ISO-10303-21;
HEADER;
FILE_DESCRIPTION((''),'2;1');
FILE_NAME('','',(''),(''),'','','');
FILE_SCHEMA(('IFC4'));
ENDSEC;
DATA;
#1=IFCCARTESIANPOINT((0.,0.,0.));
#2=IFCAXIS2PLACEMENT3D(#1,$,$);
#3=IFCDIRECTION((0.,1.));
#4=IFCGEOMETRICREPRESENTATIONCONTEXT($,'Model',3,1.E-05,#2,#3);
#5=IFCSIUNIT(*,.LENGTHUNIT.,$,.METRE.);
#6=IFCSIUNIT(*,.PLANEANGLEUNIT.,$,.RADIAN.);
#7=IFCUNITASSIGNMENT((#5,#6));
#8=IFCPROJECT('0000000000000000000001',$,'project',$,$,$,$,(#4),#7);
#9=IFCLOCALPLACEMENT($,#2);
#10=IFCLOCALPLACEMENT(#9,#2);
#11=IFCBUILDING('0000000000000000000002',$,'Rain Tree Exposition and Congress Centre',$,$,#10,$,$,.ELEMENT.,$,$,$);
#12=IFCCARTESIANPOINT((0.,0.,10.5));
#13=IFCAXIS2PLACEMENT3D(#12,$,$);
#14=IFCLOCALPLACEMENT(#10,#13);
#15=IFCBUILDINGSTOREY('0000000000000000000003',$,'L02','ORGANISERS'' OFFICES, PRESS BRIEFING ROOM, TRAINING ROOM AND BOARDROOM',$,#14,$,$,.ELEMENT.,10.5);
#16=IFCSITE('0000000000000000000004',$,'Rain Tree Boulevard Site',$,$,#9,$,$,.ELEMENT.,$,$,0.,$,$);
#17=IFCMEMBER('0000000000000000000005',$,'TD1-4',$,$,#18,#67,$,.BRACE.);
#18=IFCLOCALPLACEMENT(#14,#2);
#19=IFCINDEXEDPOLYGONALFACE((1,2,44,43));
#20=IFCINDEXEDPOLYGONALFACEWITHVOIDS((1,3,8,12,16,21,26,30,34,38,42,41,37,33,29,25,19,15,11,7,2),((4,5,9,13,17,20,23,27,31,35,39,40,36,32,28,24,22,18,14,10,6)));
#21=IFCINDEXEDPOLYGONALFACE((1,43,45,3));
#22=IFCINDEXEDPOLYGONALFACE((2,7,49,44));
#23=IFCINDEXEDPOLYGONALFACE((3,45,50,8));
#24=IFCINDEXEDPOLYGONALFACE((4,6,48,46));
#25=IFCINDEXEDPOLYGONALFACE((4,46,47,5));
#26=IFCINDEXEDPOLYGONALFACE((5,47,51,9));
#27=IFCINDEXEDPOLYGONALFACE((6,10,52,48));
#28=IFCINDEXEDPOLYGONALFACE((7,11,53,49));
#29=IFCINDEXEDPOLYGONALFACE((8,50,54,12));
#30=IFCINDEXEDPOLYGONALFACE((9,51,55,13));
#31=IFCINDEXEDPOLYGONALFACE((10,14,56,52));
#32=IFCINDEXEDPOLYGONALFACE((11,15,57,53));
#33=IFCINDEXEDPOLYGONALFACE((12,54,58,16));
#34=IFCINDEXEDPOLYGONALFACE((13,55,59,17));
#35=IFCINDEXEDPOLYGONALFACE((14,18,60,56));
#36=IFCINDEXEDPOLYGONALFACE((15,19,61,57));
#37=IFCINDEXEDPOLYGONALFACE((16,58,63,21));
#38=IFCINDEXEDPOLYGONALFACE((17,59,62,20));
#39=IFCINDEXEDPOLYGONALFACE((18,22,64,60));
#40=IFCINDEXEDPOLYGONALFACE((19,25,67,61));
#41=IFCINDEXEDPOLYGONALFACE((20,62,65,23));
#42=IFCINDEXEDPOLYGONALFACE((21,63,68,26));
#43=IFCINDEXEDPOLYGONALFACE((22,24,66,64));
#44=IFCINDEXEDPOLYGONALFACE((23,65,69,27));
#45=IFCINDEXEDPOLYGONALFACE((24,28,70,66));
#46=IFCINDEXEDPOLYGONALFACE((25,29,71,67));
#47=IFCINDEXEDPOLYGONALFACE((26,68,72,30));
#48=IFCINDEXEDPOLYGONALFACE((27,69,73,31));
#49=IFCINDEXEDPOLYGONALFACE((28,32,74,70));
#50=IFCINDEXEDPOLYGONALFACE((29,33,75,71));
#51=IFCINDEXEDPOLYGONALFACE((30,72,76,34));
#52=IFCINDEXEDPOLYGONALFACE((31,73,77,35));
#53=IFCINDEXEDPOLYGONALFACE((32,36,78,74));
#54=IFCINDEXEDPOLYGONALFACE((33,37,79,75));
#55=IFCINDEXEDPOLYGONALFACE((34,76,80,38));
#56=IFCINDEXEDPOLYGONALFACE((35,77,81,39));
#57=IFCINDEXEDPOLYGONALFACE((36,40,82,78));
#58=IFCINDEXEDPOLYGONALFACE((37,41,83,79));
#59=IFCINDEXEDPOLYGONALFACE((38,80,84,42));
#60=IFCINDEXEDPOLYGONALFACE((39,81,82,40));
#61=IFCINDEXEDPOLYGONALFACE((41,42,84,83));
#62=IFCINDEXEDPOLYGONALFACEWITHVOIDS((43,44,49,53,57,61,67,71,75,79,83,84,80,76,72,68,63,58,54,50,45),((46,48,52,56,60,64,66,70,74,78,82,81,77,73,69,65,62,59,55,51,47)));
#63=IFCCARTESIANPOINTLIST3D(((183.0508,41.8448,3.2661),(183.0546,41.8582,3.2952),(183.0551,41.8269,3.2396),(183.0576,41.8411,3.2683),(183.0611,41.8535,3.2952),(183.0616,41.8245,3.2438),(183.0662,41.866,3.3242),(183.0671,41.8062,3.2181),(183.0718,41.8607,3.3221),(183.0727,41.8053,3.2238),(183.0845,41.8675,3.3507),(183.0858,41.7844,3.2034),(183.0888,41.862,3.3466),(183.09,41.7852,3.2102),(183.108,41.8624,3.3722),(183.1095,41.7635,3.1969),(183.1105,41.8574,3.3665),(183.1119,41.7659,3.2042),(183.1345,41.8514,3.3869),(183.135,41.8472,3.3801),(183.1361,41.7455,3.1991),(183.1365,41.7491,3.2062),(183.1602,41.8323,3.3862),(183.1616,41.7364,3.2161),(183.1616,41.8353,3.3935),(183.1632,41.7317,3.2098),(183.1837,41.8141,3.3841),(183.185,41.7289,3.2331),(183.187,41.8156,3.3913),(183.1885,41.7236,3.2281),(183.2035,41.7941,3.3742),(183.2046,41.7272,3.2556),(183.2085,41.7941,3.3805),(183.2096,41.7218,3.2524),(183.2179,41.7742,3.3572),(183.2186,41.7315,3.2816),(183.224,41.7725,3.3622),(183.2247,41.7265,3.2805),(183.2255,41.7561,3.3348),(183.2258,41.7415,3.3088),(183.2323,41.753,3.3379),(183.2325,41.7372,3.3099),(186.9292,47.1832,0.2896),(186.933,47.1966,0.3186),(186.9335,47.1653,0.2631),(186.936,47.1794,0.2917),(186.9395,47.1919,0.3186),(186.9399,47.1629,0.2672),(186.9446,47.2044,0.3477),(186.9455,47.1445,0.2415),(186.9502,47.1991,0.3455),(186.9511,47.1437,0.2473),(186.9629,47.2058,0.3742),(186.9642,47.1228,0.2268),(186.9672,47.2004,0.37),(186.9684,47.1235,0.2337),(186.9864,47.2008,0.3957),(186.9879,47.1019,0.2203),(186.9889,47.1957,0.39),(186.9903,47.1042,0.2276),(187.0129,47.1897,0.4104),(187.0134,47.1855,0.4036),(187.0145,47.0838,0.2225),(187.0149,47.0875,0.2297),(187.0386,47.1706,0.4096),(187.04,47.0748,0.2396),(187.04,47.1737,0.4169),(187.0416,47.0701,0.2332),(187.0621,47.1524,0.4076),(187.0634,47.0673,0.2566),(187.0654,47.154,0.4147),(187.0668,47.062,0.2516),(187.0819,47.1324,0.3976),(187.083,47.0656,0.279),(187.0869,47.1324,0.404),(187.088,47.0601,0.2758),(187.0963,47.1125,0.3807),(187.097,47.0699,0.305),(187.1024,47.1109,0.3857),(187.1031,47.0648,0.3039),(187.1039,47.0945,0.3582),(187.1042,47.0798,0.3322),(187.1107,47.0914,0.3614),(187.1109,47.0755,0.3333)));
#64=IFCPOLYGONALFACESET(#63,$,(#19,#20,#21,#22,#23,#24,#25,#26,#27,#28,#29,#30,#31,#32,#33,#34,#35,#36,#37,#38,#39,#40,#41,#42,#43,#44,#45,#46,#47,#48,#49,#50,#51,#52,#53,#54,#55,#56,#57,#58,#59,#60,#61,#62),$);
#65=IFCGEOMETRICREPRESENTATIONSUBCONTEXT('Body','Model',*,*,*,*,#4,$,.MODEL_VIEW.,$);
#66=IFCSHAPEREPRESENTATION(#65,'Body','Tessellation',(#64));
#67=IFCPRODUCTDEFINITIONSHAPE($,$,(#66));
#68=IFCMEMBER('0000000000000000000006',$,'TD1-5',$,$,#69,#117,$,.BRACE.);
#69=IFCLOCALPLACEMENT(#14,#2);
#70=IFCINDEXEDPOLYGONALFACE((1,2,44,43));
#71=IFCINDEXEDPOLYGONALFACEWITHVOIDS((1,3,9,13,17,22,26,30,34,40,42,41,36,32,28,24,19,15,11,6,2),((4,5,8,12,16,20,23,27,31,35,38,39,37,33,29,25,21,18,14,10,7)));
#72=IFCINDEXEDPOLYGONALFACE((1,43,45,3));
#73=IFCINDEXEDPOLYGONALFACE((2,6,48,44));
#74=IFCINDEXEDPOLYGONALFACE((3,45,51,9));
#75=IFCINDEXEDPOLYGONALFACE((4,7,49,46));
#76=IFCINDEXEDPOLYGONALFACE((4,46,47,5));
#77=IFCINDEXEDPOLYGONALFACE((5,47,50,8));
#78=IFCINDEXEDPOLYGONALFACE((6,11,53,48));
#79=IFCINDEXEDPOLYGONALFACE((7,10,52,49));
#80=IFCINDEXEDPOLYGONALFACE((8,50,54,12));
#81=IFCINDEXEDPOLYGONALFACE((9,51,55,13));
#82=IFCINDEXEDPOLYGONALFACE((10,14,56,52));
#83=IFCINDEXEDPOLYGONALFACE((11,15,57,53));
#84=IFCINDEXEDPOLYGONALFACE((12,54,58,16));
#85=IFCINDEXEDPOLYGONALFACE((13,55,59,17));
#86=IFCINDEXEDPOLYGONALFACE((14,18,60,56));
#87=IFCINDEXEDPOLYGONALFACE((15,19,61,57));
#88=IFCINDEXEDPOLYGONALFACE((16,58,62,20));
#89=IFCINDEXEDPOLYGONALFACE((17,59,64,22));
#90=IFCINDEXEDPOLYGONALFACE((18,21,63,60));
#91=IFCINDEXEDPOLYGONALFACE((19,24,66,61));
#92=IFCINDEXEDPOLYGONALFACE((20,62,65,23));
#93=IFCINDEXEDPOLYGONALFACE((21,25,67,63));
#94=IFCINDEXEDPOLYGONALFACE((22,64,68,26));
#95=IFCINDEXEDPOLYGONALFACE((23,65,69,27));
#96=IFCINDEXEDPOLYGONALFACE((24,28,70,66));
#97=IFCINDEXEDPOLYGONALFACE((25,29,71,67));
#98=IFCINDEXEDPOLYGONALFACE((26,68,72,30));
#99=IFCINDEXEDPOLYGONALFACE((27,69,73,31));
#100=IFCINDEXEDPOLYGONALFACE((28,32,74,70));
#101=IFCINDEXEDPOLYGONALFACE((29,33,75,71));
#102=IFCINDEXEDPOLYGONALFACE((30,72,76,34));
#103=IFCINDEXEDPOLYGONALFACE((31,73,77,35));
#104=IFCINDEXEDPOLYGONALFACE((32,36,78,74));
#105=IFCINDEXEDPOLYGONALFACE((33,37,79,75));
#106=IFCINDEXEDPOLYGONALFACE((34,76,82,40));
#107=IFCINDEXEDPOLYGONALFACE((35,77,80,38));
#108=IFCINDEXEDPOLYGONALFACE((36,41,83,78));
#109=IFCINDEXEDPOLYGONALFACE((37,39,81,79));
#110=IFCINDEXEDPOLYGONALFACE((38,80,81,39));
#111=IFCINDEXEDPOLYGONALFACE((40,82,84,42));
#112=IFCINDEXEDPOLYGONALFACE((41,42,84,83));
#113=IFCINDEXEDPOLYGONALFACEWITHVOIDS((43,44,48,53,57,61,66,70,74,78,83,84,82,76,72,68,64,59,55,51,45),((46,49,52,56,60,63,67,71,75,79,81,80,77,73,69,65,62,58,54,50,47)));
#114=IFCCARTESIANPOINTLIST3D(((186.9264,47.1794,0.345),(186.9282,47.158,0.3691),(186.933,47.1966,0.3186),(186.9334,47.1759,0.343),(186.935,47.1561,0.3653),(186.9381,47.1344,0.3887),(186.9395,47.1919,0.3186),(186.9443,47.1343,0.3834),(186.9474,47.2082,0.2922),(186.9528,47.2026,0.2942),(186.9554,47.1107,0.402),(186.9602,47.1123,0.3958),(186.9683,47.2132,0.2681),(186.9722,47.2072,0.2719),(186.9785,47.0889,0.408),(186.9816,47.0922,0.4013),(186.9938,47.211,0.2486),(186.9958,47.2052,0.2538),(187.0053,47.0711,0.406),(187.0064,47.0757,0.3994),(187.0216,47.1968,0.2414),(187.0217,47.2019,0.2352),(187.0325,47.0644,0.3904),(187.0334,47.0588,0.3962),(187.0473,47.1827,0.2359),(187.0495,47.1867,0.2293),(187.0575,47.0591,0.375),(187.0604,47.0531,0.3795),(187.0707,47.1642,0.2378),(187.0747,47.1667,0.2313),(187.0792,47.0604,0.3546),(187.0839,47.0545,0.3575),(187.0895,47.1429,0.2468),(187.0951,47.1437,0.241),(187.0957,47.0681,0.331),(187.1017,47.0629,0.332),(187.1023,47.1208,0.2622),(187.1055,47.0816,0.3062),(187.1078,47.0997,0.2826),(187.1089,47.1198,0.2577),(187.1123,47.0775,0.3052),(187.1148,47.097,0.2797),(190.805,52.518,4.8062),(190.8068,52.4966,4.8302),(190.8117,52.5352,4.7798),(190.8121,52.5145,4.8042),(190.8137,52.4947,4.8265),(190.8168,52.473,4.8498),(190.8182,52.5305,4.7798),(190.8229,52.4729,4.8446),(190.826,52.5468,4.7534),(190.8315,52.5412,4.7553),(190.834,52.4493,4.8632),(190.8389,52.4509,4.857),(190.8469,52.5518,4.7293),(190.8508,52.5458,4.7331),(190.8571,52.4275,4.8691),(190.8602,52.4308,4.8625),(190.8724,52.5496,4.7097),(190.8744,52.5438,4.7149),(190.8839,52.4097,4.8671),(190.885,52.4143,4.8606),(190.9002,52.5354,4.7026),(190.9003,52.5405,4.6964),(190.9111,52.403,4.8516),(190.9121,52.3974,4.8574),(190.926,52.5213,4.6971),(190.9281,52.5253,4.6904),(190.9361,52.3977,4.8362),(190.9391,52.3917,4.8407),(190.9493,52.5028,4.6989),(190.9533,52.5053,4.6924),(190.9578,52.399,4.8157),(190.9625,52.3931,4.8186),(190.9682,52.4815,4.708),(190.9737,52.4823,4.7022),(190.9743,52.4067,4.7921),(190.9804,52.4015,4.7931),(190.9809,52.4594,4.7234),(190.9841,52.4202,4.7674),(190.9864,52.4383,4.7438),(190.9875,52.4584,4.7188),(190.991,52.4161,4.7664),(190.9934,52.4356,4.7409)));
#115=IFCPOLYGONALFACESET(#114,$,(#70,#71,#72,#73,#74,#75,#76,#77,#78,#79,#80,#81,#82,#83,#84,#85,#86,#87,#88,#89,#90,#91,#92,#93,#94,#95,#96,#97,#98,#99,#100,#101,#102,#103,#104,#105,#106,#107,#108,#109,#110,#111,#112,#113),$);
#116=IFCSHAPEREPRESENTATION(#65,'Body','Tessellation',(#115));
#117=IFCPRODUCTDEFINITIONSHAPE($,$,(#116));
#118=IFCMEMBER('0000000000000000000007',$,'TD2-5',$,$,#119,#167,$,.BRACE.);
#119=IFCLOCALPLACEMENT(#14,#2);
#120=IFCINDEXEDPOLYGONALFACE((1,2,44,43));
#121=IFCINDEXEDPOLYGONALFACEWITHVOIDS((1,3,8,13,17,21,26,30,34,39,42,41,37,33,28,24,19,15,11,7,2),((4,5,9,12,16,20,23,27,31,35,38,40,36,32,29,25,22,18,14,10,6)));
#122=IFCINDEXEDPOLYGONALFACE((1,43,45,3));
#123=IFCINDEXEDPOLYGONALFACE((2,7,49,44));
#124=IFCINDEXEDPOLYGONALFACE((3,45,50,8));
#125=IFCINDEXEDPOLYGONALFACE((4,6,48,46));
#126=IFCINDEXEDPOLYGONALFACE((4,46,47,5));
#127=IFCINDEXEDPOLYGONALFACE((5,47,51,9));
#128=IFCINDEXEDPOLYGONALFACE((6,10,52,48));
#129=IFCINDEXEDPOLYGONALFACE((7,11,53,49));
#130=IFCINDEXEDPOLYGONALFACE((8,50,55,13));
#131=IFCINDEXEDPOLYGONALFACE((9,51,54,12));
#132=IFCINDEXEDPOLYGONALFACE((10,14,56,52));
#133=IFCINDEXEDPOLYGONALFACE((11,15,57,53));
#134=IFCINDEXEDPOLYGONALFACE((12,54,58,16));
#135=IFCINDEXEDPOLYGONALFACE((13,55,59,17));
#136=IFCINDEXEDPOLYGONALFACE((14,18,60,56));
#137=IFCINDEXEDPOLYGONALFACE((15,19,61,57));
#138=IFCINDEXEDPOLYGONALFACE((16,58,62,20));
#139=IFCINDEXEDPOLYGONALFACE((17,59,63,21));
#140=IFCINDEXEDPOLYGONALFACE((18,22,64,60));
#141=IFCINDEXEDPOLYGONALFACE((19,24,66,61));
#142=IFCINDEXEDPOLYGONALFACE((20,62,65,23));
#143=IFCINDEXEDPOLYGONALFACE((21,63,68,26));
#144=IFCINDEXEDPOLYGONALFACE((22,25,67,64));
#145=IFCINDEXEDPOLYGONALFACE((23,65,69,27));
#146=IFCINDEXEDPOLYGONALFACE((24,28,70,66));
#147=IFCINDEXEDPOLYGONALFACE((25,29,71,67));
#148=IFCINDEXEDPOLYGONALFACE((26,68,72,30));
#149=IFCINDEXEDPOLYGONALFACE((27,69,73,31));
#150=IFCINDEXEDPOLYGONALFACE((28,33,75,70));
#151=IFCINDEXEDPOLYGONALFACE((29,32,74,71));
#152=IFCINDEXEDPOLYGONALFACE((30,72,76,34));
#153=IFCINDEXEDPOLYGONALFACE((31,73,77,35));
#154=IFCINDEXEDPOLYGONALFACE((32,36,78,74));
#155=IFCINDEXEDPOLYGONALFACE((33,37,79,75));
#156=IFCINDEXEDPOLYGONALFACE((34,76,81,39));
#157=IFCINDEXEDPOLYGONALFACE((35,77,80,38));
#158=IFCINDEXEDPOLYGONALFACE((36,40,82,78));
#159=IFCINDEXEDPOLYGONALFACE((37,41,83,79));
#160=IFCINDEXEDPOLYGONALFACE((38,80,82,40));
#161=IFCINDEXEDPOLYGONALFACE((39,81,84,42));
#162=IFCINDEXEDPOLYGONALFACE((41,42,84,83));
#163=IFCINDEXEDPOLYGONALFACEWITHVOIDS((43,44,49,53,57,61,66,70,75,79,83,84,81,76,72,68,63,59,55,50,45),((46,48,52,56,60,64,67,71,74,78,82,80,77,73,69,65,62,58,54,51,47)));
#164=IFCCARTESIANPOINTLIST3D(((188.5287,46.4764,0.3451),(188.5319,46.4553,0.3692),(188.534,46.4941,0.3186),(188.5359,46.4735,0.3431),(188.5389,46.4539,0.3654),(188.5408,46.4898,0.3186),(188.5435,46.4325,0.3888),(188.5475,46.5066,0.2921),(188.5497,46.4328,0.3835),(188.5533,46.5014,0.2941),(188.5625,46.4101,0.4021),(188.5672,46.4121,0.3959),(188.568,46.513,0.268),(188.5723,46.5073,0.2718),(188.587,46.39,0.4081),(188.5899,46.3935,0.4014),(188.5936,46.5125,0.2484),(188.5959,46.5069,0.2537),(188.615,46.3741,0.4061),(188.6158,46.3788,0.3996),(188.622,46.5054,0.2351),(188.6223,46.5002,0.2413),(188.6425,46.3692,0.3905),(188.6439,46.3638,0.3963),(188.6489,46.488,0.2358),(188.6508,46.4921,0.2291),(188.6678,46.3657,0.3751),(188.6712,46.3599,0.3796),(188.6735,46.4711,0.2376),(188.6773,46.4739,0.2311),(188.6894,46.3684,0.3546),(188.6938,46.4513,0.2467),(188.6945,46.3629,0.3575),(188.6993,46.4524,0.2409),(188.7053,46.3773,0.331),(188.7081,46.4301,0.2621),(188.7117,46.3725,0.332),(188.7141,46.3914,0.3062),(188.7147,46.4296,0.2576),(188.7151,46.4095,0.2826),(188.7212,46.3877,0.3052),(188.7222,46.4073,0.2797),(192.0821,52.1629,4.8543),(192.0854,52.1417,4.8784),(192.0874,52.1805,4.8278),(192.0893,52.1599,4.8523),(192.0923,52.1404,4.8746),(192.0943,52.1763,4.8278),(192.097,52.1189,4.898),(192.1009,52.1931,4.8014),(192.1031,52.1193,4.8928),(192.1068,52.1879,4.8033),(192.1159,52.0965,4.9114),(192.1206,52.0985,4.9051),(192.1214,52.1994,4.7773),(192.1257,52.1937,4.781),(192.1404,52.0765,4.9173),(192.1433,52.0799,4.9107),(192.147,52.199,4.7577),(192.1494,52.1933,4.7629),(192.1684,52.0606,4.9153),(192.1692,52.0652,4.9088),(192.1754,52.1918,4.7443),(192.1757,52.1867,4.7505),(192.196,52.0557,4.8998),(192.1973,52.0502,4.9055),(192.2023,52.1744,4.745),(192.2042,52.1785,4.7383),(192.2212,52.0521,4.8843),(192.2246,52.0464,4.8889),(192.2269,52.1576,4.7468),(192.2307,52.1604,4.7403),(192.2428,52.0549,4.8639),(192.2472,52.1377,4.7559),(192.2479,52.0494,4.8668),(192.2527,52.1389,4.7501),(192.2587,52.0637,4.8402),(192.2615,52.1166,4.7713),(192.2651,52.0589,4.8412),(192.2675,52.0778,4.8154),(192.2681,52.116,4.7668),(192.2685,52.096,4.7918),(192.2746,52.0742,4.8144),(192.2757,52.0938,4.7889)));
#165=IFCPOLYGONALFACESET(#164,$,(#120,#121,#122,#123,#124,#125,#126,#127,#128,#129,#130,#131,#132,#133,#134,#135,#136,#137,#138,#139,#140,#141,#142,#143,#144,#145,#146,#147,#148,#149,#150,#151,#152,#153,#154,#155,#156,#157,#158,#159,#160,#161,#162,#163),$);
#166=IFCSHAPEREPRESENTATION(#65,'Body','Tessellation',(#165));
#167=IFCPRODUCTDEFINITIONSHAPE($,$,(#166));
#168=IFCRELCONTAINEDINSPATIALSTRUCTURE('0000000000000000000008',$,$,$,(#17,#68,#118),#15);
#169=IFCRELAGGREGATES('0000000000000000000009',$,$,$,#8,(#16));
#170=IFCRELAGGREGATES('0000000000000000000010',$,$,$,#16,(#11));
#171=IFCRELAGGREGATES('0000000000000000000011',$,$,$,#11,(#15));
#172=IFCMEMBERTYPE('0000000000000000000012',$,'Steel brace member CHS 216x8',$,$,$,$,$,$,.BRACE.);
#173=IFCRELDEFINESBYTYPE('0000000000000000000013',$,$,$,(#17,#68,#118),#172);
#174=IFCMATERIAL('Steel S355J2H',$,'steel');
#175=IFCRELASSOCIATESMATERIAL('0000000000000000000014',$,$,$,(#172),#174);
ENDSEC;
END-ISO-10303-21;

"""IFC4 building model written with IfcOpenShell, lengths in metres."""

from ifc_helpers import new_model, si_unit, direction, frame, origin, origin_2d, place, context, subcontext, project, spatial, hollow_circle, extrude, material, material_profile, profile_set, type_object, element, save


model = new_model("IFC4")

# Units and contexts
model_context = context("Model", 3, precision=1e-05, world=origin(), true_north=direction((0.0, 1.0)))
body_context = subcontext(model_context, "Body", "Model", "MODEL_VIEW")
ifc_project = project(units=[si_unit("LENGTHUNIT", "METRE"), si_unit("PLANEANGLEUNIT", "RADIAN")], contexts=[model_context])

# Site, building, storey
site_placement = place(None, origin())
site = spatial("IfcSite", under=ifc_project, at=site_placement, Name="Rain Tree Boulevard Site", CompositionType="ELEMENT", RefElevation=0.0)
building_placement = place(site_placement, origin())
building = spatial("IfcBuilding", under=site, at=building_placement, Name="Rain Tree Exposition and Congress Centre", CompositionType="ELEMENT")
storey_placement = place(building_placement, frame((0.0, 0.0, 10.5)))
storey = spatial("IfcBuildingStorey", under=building, at=storey_placement, Name="L02", Description="ORGANISERS' OFFICES, PRESS BRIEFING ROOM, TRAINING ROOM AND BOARDROOM", CompositionType="ELEMENT", Elevation=10.5)

# Members
ifc_material_1 = material(Name="Steel S355J2H", Category="steel")
ifc_material_profile_1 = material_profile(ifc_material_1, hollow_circle(Radius=0.1082, WallThickness=0.0081, at=origin_2d()), Name="CHS 216x8")
ifc_profile_set_1 = profile_set([ifc_material_profile_1], Name="Steel S355J2H")
member_type_1 = type_object("IfcMemberType", Name="Steel brace member CHS 216x8", PredefinedType="BRACE", material=ifc_profile_set_1)
member_1_placement = place(storey_placement, frame((183.1421, 41.7947, 3.2952), z_axis=(0.535781, 0.737467, -0.411195), x_axis=(-0.809027, 0.587771, 0.0)))
element("IfcMember", 1, at=member_1_placement, inside=storey, type_object=member_type_1, Name="TD1-4", PredefinedType="BRACE", context=body_context, shape_type="SweptSolid", body=[
    extrude(hollow_circle(Radius=0.1082, WallThickness=0.0081, at=origin_2d()), origin(), (0.0, 0.0, 1.0), 7.2388),
])
member_2_placement = place(storey_placement, frame((187.0205, 47.1331, 0.3186), z_axis=(0.486941, 0.670229, 0.560072), x_axis=(-0.809022, 0.587778, 0.0)))
element("IfcMember", 2, at=member_2_placement, inside=storey, type_object=member_type_1, Name="TD1-5", PredefinedType="BRACE", context=body_context, shape_type="SweptSolid", body=[
    extrude(hollow_circle(Radius=0.1082, WallThickness=0.0081, at=origin_2d()), origin(), (0.0, 0.0, 1.0), 7.9653),
])
member_3_placement = place(storey_placement, frame((188.6257, 46.4368, 0.3186), z_axis=(0.439749, 0.703719, 0.558032), x_axis=(-0.848039, 0.529933, 0.0)))
element("IfcMember", 3, at=member_3_placement, inside=storey, type_object=member_type_1, Name="TD2-5", PredefinedType="BRACE", context=body_context, shape_type="SweptSolid", body=[
    extrude(hollow_circle(Radius=0.1082, WallThickness=0.0081, at=origin_2d()), origin(), (0.0, 0.0, 1.0), 8.0806),
])

save(model, "model.ifc")
